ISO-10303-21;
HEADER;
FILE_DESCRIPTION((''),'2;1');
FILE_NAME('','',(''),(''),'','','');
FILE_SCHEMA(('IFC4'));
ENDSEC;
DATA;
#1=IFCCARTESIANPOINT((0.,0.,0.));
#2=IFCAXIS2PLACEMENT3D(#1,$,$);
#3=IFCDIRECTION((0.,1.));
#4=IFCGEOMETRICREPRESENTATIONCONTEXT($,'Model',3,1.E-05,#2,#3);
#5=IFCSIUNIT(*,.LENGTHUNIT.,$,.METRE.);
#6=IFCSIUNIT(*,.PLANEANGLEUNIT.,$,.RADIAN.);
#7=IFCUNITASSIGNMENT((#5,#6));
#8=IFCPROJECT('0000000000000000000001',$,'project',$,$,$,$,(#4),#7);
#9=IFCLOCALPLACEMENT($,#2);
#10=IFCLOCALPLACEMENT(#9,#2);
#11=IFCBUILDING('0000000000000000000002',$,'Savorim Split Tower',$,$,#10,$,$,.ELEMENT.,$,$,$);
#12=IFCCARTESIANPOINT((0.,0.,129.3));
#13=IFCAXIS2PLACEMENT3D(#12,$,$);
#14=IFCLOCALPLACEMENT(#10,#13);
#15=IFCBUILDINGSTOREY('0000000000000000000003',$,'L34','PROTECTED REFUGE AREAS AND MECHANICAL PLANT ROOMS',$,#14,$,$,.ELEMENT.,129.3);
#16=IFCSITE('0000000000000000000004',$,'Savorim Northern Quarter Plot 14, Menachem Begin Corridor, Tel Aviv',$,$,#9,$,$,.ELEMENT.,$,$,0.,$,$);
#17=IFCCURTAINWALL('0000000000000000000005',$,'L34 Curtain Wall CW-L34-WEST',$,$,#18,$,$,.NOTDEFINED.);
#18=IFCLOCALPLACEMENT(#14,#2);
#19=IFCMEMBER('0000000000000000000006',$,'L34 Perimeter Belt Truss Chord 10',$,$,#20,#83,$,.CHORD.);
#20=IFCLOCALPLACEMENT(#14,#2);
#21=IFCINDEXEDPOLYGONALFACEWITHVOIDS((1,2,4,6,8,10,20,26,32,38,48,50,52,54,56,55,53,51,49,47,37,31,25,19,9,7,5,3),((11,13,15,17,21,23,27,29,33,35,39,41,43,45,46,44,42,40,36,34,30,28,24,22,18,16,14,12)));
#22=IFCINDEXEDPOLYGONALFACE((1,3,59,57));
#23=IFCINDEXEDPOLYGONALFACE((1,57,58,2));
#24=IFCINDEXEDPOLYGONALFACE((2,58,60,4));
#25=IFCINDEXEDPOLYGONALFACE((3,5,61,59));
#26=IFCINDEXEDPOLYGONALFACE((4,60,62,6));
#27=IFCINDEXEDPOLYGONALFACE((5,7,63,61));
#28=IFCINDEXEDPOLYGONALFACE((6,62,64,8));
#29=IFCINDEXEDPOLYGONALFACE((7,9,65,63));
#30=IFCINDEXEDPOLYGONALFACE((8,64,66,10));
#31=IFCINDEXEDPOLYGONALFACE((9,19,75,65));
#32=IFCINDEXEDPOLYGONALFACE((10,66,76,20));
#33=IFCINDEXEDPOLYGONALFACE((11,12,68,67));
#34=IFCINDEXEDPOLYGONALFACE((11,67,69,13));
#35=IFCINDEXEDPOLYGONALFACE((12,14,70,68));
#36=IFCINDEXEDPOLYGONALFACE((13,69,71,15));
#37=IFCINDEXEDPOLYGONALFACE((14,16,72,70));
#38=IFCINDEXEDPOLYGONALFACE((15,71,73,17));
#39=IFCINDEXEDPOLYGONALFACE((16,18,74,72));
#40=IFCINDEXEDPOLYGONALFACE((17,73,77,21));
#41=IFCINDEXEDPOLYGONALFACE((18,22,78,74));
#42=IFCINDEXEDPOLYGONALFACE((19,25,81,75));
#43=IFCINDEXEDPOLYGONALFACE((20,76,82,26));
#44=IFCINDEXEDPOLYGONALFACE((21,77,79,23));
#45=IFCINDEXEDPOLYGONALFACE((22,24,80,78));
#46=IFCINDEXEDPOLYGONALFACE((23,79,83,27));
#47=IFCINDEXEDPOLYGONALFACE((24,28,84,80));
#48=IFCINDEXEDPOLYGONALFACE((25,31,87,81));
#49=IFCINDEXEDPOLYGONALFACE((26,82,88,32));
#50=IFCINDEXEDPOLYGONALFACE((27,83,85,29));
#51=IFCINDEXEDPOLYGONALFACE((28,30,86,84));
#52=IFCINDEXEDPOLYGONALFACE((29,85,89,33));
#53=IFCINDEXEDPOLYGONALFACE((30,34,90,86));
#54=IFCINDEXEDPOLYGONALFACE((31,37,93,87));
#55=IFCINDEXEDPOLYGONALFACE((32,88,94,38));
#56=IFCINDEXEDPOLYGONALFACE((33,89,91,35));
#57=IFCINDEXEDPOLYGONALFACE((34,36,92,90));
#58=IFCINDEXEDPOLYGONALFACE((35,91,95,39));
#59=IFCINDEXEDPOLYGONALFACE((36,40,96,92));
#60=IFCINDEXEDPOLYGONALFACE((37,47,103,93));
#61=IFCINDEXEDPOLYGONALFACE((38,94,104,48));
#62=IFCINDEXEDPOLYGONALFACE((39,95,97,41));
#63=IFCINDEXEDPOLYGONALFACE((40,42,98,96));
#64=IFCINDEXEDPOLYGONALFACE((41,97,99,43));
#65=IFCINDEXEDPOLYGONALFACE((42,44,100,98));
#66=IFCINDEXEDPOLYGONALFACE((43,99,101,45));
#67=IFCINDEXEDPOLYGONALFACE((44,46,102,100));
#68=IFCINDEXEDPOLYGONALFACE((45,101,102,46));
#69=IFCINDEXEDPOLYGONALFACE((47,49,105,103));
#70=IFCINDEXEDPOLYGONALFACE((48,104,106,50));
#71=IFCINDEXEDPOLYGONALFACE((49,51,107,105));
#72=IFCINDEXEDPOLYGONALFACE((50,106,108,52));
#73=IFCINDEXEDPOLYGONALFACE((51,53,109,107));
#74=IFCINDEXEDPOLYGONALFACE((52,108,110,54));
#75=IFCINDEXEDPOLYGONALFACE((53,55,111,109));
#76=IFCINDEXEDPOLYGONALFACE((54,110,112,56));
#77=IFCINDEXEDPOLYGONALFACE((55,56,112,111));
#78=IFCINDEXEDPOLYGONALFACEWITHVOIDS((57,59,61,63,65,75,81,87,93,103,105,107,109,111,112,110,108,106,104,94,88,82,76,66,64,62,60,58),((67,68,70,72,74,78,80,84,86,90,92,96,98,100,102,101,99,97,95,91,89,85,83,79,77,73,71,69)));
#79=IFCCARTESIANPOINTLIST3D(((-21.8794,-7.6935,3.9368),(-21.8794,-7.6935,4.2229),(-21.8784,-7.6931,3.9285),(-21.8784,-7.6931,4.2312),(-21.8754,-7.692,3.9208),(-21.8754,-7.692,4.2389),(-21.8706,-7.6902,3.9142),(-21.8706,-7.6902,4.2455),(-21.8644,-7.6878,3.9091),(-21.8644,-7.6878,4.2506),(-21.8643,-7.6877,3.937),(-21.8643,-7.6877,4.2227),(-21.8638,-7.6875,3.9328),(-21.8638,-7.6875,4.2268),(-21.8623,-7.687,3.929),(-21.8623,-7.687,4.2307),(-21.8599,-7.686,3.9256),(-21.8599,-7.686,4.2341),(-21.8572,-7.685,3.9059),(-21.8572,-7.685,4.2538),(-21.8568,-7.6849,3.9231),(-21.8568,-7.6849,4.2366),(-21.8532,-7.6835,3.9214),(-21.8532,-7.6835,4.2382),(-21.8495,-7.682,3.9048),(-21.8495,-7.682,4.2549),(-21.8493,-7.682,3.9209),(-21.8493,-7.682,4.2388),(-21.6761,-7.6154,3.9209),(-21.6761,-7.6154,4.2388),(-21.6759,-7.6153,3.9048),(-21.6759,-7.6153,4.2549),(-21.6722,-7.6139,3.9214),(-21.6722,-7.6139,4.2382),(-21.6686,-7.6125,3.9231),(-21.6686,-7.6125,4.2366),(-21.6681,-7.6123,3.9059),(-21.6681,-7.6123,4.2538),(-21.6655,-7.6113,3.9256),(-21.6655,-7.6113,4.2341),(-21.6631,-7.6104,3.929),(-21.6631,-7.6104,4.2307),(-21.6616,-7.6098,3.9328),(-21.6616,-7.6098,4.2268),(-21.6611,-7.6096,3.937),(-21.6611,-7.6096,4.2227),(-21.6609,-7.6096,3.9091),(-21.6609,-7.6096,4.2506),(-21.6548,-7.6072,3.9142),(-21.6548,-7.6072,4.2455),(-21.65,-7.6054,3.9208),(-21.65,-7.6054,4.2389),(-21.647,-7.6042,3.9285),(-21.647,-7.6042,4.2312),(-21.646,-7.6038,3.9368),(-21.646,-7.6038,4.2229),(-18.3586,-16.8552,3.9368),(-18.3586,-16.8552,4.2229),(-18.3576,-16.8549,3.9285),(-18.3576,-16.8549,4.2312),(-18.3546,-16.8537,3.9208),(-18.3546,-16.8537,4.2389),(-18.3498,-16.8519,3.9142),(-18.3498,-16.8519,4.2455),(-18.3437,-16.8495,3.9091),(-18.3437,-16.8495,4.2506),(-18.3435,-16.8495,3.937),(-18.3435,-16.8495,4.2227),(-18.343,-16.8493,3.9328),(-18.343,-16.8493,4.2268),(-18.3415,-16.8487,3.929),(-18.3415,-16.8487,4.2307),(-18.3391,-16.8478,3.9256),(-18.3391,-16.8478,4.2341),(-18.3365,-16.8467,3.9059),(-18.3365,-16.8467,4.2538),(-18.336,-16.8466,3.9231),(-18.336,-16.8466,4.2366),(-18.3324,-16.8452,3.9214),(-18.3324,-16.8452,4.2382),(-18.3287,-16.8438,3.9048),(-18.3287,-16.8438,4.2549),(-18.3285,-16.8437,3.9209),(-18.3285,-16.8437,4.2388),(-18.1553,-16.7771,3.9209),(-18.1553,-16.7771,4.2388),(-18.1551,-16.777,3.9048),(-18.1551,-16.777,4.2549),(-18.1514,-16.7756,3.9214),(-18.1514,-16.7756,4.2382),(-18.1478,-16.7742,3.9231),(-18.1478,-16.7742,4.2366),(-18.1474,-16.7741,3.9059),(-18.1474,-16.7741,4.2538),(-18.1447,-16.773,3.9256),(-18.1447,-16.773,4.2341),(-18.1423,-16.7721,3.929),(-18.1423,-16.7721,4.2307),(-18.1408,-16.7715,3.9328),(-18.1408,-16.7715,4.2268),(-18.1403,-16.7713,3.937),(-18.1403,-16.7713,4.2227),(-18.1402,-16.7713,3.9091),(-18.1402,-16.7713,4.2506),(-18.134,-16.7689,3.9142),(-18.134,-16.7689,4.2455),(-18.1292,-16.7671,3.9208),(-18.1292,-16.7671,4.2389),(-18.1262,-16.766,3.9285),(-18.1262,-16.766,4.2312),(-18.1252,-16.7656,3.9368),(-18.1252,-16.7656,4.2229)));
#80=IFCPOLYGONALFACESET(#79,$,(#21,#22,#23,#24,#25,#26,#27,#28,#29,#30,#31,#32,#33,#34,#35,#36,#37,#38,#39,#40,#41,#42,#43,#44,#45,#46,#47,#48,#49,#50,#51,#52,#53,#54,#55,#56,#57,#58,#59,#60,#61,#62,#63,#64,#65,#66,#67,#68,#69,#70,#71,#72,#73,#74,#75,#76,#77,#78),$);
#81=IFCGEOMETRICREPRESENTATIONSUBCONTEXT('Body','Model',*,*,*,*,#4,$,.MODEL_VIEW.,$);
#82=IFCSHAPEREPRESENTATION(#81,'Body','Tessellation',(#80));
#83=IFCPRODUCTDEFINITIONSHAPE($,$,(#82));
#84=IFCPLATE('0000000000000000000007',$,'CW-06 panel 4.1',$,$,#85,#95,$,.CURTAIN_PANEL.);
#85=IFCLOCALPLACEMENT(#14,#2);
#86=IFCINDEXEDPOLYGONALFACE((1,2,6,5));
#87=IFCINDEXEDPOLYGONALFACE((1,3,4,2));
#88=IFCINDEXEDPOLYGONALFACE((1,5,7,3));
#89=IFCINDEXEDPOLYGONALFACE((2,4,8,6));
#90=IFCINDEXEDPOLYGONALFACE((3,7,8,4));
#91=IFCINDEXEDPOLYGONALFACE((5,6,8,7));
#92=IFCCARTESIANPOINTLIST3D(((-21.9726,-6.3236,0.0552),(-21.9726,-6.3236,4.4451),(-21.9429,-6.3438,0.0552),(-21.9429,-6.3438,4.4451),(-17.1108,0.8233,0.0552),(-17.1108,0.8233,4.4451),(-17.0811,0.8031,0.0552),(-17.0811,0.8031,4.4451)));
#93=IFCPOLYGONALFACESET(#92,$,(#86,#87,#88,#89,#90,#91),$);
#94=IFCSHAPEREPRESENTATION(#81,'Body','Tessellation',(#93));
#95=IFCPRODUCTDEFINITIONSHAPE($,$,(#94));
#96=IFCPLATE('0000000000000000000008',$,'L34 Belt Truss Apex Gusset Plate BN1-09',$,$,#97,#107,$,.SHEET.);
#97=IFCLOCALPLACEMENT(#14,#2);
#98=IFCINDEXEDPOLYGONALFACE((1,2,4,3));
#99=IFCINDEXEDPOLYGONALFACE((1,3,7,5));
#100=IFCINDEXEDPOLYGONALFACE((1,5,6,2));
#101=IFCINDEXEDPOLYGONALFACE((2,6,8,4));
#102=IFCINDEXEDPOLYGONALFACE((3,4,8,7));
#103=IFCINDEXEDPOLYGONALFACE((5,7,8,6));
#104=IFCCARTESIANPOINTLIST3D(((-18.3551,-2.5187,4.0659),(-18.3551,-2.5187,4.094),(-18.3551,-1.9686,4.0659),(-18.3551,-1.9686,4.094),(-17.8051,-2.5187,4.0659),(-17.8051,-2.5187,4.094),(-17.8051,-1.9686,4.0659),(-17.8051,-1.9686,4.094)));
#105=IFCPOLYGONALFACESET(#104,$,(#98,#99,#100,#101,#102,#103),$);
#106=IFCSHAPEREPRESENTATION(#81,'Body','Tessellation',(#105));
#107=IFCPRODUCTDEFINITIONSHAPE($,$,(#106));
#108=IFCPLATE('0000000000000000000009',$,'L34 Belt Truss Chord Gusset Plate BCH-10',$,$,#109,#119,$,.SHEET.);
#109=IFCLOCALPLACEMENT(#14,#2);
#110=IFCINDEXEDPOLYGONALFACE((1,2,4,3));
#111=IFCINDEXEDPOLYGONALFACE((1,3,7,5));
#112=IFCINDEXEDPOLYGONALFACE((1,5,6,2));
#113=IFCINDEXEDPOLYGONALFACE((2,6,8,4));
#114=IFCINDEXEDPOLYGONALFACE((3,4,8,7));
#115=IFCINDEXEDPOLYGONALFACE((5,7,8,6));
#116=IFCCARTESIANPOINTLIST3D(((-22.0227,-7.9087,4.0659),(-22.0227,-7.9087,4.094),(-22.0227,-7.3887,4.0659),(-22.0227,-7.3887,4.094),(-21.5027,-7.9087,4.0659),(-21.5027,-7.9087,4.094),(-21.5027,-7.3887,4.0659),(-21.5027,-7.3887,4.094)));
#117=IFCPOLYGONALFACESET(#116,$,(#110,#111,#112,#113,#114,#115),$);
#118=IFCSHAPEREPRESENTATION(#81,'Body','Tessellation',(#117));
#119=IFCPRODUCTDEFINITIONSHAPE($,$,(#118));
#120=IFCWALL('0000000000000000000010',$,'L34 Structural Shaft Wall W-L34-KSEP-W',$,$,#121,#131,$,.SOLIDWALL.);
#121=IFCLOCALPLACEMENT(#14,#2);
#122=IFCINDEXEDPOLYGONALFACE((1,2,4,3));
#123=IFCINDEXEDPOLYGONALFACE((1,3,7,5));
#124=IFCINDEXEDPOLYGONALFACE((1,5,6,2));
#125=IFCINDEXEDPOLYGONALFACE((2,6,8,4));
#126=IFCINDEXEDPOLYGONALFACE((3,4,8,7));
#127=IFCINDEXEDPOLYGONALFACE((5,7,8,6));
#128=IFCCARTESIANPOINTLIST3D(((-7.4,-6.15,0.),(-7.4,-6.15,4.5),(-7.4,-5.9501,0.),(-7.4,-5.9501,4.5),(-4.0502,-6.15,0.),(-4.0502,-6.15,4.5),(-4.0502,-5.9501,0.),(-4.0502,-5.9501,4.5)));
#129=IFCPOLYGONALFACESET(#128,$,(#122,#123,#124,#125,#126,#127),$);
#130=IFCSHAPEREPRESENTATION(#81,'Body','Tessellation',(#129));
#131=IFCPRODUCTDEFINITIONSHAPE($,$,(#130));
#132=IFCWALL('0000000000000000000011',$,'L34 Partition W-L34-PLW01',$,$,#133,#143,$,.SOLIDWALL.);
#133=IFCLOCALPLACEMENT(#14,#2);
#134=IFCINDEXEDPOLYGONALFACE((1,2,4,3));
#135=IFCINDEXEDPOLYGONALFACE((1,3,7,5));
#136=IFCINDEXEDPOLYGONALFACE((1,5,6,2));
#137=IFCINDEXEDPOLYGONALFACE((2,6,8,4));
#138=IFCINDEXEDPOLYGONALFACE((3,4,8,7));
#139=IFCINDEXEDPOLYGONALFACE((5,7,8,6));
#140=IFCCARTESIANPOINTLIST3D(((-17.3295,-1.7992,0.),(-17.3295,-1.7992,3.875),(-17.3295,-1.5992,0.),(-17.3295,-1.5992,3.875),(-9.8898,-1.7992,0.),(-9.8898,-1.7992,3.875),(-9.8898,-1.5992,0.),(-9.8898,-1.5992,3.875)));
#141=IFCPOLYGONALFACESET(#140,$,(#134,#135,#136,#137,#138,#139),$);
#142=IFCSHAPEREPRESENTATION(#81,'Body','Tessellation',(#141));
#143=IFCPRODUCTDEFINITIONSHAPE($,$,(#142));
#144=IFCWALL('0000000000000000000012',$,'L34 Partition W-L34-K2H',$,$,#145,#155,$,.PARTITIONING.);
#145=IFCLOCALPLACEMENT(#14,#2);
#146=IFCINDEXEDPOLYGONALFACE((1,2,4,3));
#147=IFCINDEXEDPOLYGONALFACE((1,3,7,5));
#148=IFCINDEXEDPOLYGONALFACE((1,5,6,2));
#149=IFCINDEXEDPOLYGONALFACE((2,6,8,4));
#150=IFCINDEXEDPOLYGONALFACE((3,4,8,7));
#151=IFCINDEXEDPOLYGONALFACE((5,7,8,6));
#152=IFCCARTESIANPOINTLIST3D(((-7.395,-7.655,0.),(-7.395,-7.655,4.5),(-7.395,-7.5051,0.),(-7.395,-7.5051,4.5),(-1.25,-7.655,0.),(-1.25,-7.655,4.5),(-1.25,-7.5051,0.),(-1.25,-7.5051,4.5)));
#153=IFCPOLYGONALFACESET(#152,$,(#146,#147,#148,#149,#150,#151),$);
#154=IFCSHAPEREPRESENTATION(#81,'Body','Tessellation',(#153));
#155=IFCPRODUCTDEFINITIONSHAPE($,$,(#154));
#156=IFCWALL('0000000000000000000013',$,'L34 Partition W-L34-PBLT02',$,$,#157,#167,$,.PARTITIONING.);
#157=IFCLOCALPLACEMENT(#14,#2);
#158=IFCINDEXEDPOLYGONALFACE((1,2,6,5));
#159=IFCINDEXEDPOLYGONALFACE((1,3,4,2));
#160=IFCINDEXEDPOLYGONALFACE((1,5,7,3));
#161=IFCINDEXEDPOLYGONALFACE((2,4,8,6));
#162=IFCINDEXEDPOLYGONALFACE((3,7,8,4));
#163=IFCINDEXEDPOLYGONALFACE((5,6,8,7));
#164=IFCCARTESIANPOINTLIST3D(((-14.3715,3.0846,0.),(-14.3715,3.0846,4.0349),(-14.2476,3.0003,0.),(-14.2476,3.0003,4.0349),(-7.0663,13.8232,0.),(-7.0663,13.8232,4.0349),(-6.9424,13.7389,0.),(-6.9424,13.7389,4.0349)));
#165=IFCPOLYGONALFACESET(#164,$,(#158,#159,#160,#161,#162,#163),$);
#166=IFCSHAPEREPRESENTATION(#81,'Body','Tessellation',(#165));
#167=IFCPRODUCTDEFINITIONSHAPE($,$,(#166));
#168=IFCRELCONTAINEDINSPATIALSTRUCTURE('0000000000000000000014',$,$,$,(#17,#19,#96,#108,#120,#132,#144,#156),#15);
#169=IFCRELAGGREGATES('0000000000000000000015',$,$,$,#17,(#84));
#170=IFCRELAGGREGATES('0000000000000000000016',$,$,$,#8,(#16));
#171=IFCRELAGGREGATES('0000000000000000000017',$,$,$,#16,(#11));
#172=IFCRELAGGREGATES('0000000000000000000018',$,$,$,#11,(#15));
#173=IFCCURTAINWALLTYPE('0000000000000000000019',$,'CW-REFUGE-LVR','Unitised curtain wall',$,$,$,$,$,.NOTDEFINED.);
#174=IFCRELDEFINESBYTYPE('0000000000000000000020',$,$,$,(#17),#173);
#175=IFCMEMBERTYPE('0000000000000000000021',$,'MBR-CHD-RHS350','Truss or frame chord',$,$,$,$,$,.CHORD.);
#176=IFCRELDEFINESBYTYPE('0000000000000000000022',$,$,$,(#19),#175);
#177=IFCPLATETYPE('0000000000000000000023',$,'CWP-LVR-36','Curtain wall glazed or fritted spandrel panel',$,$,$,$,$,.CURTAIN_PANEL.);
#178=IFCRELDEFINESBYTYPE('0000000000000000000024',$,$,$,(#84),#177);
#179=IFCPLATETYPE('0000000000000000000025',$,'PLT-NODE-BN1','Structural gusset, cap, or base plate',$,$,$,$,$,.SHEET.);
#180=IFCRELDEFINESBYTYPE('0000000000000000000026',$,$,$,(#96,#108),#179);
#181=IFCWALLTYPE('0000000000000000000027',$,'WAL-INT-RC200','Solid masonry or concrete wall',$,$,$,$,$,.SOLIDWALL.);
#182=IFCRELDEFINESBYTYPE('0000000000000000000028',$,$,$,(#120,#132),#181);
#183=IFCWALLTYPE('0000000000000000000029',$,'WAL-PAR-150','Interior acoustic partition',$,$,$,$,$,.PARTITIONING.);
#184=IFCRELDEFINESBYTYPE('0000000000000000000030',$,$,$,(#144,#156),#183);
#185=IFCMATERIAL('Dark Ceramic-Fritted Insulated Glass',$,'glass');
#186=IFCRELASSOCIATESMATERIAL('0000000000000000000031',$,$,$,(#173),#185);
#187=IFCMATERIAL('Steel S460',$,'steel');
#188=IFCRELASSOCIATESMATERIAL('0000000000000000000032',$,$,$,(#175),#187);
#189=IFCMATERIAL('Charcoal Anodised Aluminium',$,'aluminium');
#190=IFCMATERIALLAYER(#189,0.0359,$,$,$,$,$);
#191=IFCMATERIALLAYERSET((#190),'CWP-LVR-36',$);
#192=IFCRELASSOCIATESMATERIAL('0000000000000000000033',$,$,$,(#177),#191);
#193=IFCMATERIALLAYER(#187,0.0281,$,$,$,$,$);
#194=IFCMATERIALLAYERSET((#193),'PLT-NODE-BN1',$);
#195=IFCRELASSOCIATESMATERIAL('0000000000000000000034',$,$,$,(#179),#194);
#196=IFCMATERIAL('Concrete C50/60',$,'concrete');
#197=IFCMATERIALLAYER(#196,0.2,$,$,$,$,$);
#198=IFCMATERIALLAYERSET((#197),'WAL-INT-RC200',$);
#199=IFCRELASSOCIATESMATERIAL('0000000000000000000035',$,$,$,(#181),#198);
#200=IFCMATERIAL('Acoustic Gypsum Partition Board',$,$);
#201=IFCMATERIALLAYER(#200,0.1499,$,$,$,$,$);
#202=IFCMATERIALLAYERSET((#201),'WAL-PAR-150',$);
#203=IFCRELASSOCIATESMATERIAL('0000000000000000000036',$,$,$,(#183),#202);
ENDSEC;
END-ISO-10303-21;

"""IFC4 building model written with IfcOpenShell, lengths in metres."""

from ifc_helpers import new_model, si_unit, direction, frame, frame_2d, origin, origin_2d, place, context, subcontext, project, spatial, rectangle, hollow_rectangle, extrude, material, layer, layer_set, material_profile, profile_set, type_object, element, aggregate, save


model = new_model("IFC4")

# Units and contexts
model_context = context("Model", 3, precision=1e-05, world=origin(), true_north=direction((0.0, 1.0)))
body_context = subcontext(model_context, "Body", "Model", "MODEL_VIEW")
ifc_project = project(units=[si_unit("LENGTHUNIT", "METRE"), si_unit("PLANEANGLEUNIT", "RADIAN")], contexts=[model_context])

# Site, building, storey
site_placement = place(None, origin())
site = spatial("IfcSite", under=ifc_project, at=site_placement, Name="Savorim Northern Quarter Plot 14, Menachem Begin Corridor, Tel Aviv", CompositionType="ELEMENT", RefElevation=0.0)
building_placement = place(site_placement, origin())
building = spatial("IfcBuilding", under=site, at=building_placement, Name="Savorim Split Tower", CompositionType="ELEMENT")
storey_placement = place(building_placement, frame((0.0, 0.0, 129.3)))
storey = spatial("IfcBuildingStorey", under=building, at=storey_placement, Name="L34", Description="PROTECTED REFUGE AREAS AND MECHANICAL PLANT ROOMS", CompositionType="ELEMENT", Elevation=129.3)

# Shared definitions
ifc_material_1 = material(Name="Steel S460", Category="steel")

# Curtain wall
ifc_material_2 = material(Name="Dark Ceramic-Fritted Insulated Glass", Category="glass")
curtain_wall_type = type_object("IfcCurtainWallType", Name="CW-REFUGE-LVR", Description="Unitised curtain wall", PredefinedType="NOTDEFINED", material=ifc_material_2)
curtain_wall_placement = place(storey_placement, origin())
curtain_wall = element("IfcCurtainWall", 1, at=curtain_wall_placement, inside=storey, type_object=curtain_wall_type, Name="L34 Curtain Wall CW-L34-WEST", PredefinedType="NOTDEFINED")
ifc_material_3 = material(Name="Charcoal Anodised Aluminium", Category="aluminium")

# Member
ifc_material_profile_1 = material_profile(ifc_material_1, hollow_rectangle(XDim=0.25, YDim=0.3501, WallThickness=0.0161, InnerFilletRadius=0.0161, OuterFilletRadius=0.032, at=origin_2d()), Name="RHS 350x250x16")
ifc_profile_set_1 = profile_set([ifc_material_profile_1], Name="Steel S460")
member_type_1 = type_object("IfcMemberType", Name="MBR-CHD-RHS350", Description="Truss or frame chord", PredefinedType="CHORD", material=ifc_profile_set_1)
member_1_placement = place(storey_placement, frame((-21.7627, -7.6487, 4.0798), z_axis=(0.358717, -0.933446, 0.0), x_axis=(0.933446, 0.358717, 0.0)))
element("IfcMember", 2, at=member_1_placement, inside=storey, type_object=member_type_1, Name="L34 Perimeter Belt Truss Chord 10", PredefinedType="CHORD", context=body_context, shape_type="SweptSolid", body=[
    extrude(hollow_rectangle(XDim=0.25, YDim=0.3501, WallThickness=0.0161, InnerFilletRadius=0.0161, OuterFilletRadius=0.032, at=origin_2d()), origin(), (0.0, 0.0, 1.0), 9.8149),
])

# Plate
ifc_layer_1 = layer(ifc_material_3, 0.0359)
ifc_layer_set_1 = layer_set([ifc_layer_1], Name="CWP-LVR-36")
plate_type_1 = type_object("IfcPlateType", Name="CWP-LVR-36", Description="Curtain wall glazed or fritted spandrel panel", PredefinedType="CURTAIN_PANEL", material=ifc_layer_set_1)
plate_1_placement = place(storey_placement, frame((-19.5269, -2.7603, 0.0552), z_axis=(0.0, 0.0, 1.0), x_axis=(-0.562467, -0.82682, 0.0)))
plate_1 = element("IfcPlate", 3, at=plate_1_placement, type_object=plate_type_1, Name="CW-06 panel 4.1", PredefinedType="CURTAIN_PANEL", context=body_context, shape_type="SweptSolid", body=[
    extrude(rectangle(XDim=8.6438, YDim=0.0359, at=origin_2d()), origin(), (0.0, 0.0, 1.0), 4.3899),
])
aggregate(curtain_wall, [plate_1])

# Plates
ifc_layer_2 = layer(ifc_material_1, 0.0281)
ifc_layer_set_2 = layer_set([ifc_layer_2], Name="PLT-NODE-BN1")
plate_type_2 = type_object("IfcPlateType", Name="PLT-NODE-BN1", Description="Structural gusset, cap, or base plate", PredefinedType="SHEET", material=ifc_layer_set_2)
plate_2_placement = place(storey_placement, frame((-18.0801, -2.2437, 4.0659), z_axis=(0.0, 0.0, 1.0), x_axis=(1.0, 0.0, 0.0)))
element("IfcPlate", 4, at=plate_2_placement, inside=storey, type_object=plate_type_2, Name="L34 Belt Truss Apex Gusset Plate BN1-09", PredefinedType="SHEET", context=body_context, shape_type="SweptSolid", body=[
    extrude(rectangle(XDim=0.55, YDim=0.55, at=origin_2d()), origin(), (0.0, 0.0, 1.0), 0.0281),
])
plate_3_placement = place(storey_placement, frame((-21.7627, -7.6487, 4.0659), z_axis=(0.0, 0.0, 1.0), x_axis=(1.0, 0.0, 0.0)))
element("IfcPlate", 5, at=plate_3_placement, inside=storey, type_object=plate_type_2, Name="L34 Belt Truss Chord Gusset Plate BCH-10", PredefinedType="SHEET", context=body_context, shape_type="SweptSolid", body=[
    extrude(rectangle(XDim=0.52, YDim=0.52, at=origin_2d()), origin(), (0.0, 0.0, 1.0), 0.0281),
])

# Shared definitions
ifc_material_4 = material(Name="Concrete C50/60", Category="concrete")
ifc_layer_3 = layer(ifc_material_4, 0.2)
ifc_layer_set_3 = layer_set([ifc_layer_3], Name="WAL-INT-RC200")
wall_type_1 = type_object("IfcWallType", Name="WAL-INT-RC200", Description="Solid masonry or concrete wall", PredefinedType="SOLIDWALL", material=ifc_layer_set_3)

# Walls
wall_1_placement = place(storey_placement, frame((-7.3999, -6.05, 0.0), z_axis=(0.0, 0.0, 1.0), x_axis=(1.0, 0.0, 0.0)))
element("IfcWall", 6, at=wall_1_placement, inside=storey, type_object=wall_type_1, Name="L34 Structural Shaft Wall W-L34-KSEP-W", PredefinedType="SOLIDWALL", context=body_context, shape_type="SweptSolid", body=[
    extrude(rectangle(XDim=3.3499, YDim=0.2, at=frame_2d((1.6748, 0.0))), origin(), (0.0, 0.0, 1.0), 4.5),
])
wall_2_placement = place(storey_placement, frame((-9.8899, -1.6992, 0.0), z_axis=(0.0, 0.0, 1.0), x_axis=(-1.0, 0.0, 0.0)))
element("IfcWall", 7, at=wall_2_placement, inside=storey, type_object=wall_type_1, Name="L34 Partition W-L34-PLW01", PredefinedType="SOLIDWALL", context=body_context, shape_type="SweptSolid", body=[
    extrude(rectangle(XDim=7.4397, YDim=0.2, at=frame_2d((3.7197, 0.0))), origin(), (0.0, 0.0, 1.0), 3.875),
])
ifc_material_5 = material(Name="Acoustic Gypsum Partition Board")
ifc_layer_4 = layer(ifc_material_5, 0.1499)
ifc_layer_set_4 = layer_set([ifc_layer_4], Name="WAL-PAR-150")
wall_type_2 = type_object("IfcWallType", Name="WAL-PAR-150", Description="Interior acoustic partition", PredefinedType="PARTITIONING", material=ifc_layer_set_4)
wall_3_placement = place(storey_placement, frame((-7.395, -7.5801, 0.0), z_axis=(0.0, 0.0, 1.0), x_axis=(1.0, 0.0, 0.0)))
element("IfcWall", 8, at=wall_3_placement, inside=storey, type_object=wall_type_2, Name="L34 Partition W-L34-K2H", PredefinedType="PARTITIONING", context=body_context, shape_type="SweptSolid", body=[
    extrude(rectangle(XDim=6.145, YDim=0.1499, at=frame_2d((3.0725, 0.0))), origin(), (0.0, 0.0, 1.0), 4.5),
])
wall_4_placement = place(storey_placement, frame((-14.3096, 3.0425, 0.0), z_axis=(0.0, 0.0, 1.0), x_axis=(0.562467, 0.82682, 0.0)))
element("IfcWall", 9, at=wall_4_placement, inside=storey, type_object=wall_type_2, Name="L34 Partition W-L34-PBLT02", PredefinedType="PARTITIONING", context=body_context, shape_type="SweptSolid", body=[
    extrude(rectangle(XDim=12.9878, YDim=0.1499, at=frame_2d((6.4939, 0.0))), origin(), (0.0, 0.0, 1.0), 4.0349),
])

save(model, "model.ifc")
